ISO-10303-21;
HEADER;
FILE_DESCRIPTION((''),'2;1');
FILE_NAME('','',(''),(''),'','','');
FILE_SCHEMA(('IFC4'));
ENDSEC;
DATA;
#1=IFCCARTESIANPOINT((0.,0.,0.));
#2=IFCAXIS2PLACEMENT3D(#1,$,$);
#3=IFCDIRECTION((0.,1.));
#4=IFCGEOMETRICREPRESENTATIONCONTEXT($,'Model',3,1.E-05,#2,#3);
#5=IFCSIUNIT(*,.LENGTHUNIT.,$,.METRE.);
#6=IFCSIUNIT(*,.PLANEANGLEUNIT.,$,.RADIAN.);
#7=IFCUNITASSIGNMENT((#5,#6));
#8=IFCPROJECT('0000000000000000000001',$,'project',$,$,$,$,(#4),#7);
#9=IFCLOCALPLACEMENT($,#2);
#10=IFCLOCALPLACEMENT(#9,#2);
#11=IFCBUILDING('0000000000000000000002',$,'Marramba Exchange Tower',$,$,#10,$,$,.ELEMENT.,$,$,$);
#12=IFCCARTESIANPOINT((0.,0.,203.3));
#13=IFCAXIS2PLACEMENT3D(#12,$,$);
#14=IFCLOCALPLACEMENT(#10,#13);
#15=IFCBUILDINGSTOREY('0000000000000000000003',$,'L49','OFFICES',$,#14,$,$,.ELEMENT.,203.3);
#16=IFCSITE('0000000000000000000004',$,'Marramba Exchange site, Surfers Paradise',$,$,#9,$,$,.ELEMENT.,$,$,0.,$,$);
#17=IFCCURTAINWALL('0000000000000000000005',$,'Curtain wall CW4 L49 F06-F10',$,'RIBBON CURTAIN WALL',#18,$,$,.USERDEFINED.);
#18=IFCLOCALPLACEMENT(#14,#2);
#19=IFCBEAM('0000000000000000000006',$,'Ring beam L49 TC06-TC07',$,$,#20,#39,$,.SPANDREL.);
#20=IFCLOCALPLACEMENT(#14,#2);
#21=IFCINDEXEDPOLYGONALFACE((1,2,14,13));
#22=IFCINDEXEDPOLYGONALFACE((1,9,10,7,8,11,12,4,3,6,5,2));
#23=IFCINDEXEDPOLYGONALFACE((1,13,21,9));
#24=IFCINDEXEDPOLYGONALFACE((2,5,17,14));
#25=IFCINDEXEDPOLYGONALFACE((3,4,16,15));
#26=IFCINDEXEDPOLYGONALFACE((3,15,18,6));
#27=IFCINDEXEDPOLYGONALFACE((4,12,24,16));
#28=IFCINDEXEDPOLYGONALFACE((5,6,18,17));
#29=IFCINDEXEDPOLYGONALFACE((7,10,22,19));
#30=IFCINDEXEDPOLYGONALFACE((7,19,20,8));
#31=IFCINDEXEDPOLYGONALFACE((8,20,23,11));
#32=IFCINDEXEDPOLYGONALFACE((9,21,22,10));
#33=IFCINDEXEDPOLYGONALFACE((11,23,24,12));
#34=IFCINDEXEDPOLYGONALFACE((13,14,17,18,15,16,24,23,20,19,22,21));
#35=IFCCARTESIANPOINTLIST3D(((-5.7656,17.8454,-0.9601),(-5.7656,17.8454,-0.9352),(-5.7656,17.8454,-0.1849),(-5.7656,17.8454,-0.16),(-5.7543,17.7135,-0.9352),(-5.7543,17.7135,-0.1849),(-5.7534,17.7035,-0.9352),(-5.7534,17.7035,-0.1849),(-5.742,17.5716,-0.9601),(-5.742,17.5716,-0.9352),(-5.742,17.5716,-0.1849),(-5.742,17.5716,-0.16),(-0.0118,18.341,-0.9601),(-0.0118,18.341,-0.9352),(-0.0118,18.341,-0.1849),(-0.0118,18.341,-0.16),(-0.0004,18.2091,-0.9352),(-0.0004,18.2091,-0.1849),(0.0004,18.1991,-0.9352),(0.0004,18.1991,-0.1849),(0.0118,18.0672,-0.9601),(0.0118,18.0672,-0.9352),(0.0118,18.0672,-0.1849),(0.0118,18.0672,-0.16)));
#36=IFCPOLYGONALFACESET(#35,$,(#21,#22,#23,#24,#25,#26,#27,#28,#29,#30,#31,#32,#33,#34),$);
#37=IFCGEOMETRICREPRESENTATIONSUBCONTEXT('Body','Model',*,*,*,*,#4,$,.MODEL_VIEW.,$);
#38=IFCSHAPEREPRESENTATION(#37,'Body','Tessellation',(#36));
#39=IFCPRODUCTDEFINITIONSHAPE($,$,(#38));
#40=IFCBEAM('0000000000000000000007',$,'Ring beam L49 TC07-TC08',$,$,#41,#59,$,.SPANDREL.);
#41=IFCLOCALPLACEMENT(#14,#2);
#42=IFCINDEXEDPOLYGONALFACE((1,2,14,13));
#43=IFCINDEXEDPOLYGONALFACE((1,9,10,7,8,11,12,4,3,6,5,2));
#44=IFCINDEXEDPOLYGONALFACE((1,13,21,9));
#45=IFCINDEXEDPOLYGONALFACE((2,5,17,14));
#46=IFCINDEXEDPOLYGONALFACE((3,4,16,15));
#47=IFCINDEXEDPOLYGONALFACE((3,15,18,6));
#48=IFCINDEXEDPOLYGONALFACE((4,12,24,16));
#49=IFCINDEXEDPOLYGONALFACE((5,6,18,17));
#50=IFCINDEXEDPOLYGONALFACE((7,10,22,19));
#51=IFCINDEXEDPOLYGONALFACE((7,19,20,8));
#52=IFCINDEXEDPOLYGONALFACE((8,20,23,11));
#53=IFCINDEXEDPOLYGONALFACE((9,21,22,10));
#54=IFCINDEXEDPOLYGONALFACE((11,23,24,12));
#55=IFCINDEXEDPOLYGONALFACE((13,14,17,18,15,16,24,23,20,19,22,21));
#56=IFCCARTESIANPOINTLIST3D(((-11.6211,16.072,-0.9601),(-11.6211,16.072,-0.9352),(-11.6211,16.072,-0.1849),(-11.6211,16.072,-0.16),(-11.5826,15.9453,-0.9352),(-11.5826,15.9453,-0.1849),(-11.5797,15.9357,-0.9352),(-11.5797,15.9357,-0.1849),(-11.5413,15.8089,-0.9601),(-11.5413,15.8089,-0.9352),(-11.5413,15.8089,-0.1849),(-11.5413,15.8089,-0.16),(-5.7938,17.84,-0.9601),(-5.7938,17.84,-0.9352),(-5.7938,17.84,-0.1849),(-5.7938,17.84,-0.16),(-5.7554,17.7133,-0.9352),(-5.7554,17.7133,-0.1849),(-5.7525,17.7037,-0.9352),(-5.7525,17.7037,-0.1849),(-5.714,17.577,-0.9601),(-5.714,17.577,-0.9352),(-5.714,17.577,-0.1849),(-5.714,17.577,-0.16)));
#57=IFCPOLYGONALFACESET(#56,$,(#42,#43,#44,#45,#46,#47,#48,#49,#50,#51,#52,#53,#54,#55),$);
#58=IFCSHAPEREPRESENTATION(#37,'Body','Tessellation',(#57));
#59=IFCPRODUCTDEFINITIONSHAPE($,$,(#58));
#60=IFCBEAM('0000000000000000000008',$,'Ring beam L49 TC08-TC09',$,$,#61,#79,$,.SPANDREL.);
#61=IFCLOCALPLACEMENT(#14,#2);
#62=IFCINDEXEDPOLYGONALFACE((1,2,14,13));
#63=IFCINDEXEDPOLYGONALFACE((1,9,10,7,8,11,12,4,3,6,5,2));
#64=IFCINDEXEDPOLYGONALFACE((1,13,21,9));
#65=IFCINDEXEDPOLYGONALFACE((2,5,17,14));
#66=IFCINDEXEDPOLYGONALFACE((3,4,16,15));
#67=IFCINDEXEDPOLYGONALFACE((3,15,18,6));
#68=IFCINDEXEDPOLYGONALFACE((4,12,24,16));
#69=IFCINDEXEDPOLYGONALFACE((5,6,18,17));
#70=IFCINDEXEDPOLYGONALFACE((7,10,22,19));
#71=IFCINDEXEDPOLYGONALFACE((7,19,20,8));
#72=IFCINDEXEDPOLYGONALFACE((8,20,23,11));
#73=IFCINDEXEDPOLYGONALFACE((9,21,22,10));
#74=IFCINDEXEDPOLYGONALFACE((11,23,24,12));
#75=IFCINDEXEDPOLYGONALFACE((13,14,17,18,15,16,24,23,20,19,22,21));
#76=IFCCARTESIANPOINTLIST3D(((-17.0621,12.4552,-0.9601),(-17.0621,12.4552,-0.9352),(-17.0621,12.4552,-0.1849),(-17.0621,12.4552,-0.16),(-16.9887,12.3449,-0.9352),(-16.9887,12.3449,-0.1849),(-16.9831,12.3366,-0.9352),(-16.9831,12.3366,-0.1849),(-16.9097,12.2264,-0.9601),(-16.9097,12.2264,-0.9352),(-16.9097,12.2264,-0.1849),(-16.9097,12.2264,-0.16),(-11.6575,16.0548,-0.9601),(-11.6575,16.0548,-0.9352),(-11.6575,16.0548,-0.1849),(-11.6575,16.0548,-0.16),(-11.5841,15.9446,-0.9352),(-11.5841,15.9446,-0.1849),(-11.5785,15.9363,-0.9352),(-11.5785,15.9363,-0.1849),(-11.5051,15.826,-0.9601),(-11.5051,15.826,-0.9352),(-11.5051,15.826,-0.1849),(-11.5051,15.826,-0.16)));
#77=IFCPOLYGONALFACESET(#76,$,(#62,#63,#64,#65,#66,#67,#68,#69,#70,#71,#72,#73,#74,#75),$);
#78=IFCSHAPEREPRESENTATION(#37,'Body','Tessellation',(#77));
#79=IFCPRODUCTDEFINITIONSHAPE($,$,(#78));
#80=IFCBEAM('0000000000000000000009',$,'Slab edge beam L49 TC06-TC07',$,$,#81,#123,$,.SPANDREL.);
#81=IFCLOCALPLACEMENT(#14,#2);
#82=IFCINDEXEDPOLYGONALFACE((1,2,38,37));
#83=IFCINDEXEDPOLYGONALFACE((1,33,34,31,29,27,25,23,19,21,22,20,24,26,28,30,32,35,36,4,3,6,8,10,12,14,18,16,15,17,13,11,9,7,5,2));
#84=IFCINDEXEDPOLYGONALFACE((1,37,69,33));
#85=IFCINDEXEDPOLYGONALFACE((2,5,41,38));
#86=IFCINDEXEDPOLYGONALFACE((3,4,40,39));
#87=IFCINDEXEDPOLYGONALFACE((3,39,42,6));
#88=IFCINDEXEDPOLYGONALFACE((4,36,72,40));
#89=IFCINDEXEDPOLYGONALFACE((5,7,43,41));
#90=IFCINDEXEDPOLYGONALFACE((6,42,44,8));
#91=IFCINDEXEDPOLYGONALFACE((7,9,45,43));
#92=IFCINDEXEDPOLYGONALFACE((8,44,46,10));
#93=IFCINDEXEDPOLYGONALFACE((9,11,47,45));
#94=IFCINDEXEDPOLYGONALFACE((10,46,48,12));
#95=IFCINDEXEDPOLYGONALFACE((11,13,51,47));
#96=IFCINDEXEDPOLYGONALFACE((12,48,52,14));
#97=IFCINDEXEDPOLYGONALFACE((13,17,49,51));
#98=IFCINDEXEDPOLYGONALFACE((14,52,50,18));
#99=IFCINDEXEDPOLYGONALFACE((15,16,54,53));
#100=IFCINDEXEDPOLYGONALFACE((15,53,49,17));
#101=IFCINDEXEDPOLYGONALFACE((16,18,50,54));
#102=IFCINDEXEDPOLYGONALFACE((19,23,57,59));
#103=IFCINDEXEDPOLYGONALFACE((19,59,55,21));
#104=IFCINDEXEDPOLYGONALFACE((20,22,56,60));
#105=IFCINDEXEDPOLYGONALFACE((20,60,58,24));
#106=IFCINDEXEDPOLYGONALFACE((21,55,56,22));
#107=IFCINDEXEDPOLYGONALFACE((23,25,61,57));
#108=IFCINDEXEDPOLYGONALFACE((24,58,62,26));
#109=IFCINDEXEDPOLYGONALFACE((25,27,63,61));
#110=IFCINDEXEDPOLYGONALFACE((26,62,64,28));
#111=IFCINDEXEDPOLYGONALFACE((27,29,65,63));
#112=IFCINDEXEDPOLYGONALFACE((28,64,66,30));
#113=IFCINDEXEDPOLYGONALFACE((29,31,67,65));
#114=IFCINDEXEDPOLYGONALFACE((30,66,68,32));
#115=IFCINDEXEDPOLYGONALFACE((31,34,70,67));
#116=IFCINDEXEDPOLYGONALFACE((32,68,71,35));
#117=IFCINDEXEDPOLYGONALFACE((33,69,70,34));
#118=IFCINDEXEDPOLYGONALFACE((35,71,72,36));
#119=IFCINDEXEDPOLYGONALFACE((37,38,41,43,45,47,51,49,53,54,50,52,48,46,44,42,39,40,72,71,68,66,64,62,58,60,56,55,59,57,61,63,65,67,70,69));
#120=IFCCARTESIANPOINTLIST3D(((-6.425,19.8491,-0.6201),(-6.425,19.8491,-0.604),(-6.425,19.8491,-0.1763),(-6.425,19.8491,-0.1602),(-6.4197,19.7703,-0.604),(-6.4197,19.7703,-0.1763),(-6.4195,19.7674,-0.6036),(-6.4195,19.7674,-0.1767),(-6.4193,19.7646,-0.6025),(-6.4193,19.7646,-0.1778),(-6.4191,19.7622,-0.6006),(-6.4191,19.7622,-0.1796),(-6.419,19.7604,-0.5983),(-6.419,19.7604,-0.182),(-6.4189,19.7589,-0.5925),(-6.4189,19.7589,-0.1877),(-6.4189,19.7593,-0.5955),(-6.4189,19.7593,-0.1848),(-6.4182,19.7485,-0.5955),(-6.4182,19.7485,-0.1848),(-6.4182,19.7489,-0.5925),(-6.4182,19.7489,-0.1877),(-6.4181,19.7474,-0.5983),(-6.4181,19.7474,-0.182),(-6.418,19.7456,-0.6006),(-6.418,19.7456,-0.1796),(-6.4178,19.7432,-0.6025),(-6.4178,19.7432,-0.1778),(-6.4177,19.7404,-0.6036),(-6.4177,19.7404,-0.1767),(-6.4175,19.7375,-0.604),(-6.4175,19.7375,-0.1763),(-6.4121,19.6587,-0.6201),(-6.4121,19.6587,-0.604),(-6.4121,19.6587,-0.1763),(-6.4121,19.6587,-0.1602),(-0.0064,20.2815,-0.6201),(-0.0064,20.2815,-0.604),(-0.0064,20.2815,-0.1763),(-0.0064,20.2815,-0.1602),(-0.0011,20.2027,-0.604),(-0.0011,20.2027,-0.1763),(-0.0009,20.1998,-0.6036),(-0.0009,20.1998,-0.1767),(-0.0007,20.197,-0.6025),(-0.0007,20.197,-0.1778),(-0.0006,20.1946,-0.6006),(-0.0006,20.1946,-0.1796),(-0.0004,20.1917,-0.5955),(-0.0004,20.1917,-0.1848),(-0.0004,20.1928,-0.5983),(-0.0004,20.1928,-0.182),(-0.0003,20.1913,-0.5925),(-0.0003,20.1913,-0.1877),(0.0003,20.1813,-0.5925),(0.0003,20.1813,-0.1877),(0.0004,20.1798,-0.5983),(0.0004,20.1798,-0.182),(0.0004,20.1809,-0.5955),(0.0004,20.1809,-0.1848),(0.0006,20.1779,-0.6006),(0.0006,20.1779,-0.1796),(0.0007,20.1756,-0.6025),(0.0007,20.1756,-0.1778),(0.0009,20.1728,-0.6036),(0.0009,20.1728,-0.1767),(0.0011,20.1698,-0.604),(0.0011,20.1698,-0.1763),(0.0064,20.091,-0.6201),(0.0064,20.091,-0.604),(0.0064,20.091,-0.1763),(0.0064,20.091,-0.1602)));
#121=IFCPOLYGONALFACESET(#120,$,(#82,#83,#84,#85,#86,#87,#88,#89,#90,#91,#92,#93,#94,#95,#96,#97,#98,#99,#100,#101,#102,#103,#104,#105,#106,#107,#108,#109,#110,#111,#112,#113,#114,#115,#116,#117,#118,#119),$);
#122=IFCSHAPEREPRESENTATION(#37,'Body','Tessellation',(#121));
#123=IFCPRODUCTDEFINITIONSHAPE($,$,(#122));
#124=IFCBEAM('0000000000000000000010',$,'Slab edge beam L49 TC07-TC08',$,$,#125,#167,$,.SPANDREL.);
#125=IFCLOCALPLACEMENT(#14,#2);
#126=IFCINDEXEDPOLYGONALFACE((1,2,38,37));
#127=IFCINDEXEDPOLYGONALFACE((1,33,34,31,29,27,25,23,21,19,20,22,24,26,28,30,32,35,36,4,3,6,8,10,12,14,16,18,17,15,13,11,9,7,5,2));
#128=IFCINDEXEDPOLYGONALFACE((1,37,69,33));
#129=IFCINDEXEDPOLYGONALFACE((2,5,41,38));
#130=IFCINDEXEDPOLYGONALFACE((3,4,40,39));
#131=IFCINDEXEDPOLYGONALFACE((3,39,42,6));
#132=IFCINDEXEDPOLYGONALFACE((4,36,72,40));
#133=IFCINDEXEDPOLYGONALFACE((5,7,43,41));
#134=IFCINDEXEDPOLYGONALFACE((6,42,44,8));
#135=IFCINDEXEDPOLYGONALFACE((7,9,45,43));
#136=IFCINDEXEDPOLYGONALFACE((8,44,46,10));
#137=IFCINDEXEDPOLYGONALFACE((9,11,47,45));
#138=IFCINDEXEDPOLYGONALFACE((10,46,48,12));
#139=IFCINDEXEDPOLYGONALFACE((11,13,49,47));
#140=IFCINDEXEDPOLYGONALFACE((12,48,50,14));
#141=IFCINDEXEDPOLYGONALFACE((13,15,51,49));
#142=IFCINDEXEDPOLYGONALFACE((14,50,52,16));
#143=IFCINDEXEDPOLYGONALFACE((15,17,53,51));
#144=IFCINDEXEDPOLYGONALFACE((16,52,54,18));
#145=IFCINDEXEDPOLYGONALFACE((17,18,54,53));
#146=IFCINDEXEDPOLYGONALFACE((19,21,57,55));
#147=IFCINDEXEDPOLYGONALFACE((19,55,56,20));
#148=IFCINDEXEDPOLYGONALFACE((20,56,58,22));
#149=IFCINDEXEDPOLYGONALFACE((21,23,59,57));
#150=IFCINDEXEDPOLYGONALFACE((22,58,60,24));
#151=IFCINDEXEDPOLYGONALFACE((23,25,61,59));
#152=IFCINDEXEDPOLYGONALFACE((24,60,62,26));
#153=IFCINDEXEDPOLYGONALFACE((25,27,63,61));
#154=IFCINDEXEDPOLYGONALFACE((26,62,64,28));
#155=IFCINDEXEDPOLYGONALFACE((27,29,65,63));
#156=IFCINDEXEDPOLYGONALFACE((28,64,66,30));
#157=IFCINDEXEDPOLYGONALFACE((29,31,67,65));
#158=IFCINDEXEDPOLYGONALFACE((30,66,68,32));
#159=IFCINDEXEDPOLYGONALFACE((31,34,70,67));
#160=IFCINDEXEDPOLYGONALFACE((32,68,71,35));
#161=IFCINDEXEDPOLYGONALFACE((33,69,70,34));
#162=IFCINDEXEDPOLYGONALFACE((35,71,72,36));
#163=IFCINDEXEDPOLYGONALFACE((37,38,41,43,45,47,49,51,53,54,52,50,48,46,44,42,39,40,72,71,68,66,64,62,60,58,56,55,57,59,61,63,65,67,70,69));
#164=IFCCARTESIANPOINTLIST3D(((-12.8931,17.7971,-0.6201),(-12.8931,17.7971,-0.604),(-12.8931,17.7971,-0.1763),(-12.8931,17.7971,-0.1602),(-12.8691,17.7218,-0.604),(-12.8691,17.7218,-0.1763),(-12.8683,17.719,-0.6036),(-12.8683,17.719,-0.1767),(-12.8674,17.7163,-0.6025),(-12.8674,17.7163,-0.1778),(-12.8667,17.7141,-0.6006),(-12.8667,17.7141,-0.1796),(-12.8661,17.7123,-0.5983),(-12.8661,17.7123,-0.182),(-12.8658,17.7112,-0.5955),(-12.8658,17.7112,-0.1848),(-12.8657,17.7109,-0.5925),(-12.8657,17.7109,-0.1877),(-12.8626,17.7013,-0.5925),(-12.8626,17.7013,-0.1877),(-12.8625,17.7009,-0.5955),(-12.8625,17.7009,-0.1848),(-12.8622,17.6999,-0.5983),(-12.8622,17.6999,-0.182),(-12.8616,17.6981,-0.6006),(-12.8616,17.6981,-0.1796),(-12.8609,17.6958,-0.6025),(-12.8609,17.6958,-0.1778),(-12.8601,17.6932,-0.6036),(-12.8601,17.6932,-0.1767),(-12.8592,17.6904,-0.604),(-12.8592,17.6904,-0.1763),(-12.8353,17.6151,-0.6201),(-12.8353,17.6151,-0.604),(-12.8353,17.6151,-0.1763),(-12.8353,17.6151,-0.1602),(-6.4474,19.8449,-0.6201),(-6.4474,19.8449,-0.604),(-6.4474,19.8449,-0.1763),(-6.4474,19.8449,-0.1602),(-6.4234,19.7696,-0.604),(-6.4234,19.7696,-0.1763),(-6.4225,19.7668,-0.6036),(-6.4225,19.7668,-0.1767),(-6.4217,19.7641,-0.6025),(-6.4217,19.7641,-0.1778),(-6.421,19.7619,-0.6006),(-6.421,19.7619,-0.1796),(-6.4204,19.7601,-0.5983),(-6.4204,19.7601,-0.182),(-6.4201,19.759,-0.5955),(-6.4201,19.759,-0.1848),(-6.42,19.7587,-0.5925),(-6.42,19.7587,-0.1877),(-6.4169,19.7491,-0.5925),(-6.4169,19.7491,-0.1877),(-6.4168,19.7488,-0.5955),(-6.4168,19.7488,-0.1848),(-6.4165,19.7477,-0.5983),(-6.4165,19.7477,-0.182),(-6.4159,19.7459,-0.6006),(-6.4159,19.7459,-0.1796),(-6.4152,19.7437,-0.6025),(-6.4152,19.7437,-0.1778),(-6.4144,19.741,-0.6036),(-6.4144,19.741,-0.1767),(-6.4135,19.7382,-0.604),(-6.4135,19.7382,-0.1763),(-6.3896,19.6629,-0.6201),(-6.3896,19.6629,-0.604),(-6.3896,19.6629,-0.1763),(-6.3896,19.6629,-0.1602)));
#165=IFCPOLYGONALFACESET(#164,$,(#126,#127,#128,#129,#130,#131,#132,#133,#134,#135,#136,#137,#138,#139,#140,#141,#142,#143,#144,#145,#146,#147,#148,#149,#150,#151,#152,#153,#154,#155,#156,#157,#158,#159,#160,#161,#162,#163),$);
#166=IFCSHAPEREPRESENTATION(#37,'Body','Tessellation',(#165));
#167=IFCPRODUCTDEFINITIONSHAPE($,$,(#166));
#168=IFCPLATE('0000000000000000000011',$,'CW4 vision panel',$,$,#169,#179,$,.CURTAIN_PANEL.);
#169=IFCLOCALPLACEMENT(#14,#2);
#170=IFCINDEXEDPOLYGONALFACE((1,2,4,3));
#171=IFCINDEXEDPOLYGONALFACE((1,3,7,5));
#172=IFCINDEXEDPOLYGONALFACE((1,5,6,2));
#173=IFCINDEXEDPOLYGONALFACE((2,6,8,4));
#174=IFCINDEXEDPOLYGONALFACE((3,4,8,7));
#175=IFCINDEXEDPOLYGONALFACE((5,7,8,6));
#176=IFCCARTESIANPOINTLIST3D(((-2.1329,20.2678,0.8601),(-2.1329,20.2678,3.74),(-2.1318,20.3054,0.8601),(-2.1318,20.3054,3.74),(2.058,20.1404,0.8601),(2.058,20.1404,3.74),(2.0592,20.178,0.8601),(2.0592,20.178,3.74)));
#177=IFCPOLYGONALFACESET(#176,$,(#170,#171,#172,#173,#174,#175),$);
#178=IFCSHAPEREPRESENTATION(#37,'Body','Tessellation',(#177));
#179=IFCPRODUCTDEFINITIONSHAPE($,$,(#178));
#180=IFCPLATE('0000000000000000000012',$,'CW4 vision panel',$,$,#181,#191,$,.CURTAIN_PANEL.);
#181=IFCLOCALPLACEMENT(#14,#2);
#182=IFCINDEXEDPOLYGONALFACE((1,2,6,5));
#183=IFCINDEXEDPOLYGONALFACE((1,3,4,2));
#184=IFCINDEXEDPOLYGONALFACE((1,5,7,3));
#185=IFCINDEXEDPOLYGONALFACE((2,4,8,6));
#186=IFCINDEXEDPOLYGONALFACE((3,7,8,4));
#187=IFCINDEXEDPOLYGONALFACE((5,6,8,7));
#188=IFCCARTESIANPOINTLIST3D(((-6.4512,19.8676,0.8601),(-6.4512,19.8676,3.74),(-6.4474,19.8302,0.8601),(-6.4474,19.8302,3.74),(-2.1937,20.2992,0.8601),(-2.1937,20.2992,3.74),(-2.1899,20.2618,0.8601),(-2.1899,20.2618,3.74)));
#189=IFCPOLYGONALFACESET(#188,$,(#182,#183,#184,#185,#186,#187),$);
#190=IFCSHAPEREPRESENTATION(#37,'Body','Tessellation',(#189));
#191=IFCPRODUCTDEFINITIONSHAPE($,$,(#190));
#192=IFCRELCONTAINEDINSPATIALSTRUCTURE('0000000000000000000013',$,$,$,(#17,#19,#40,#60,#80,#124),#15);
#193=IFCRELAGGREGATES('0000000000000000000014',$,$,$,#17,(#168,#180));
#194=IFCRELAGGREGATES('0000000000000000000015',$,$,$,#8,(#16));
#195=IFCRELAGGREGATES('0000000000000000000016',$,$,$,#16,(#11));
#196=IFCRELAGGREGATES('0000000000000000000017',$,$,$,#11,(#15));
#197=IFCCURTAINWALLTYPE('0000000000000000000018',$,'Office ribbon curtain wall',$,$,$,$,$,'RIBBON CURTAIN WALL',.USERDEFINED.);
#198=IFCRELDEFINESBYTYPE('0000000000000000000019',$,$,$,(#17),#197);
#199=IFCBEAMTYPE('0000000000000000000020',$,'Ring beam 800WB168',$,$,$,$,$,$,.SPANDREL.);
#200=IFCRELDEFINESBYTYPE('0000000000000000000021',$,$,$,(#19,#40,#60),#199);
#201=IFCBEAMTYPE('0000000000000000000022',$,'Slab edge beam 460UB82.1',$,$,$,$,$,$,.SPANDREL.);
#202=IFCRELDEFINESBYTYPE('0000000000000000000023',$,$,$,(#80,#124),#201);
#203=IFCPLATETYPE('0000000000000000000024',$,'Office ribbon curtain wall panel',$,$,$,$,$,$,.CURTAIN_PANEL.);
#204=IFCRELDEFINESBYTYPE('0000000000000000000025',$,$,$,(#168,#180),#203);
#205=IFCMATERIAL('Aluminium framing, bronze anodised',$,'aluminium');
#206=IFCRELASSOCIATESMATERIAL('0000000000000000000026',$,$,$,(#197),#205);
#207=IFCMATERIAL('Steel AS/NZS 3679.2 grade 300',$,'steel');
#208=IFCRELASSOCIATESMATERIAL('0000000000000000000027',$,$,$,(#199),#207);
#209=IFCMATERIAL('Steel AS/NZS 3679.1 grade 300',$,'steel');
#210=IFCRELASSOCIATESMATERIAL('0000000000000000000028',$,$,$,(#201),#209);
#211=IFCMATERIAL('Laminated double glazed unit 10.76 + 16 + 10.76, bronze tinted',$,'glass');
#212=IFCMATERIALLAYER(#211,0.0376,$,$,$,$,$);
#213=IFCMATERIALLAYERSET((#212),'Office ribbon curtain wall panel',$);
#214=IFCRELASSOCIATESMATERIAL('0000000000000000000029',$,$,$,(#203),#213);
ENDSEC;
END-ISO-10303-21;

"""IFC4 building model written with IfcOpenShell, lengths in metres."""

from ifc_helpers import new_model, si_unit, direction, frame, origin, origin_2d, place, context, subcontext, project, spatial, rectangle, i_section, extrude, material, layer, layer_set, material_profile, profile_set, type_object, element, aggregate, save


model = new_model("IFC4")

# Units and contexts
model_context = context("Model", 3, precision=1e-05, world=origin(), true_north=direction((0.0, 1.0)))
body_context = subcontext(model_context, "Body", "Model", "MODEL_VIEW")
ifc_project = project(units=[si_unit("LENGTHUNIT", "METRE"), si_unit("PLANEANGLEUNIT", "RADIAN")], contexts=[model_context])

# Site, building, storey
site_placement = place(None, origin())
site = spatial("IfcSite", under=ifc_project, at=site_placement, Name="Marramba Exchange site, Surfers Paradise", CompositionType="ELEMENT", RefElevation=0.0)
building_placement = place(site_placement, origin())
building = spatial("IfcBuilding", under=site, at=building_placement, Name="Marramba Exchange Tower", CompositionType="ELEMENT")
storey_placement = place(building_placement, frame((0.0, 0.0, 203.3)))
storey = spatial("IfcBuildingStorey", under=building, at=storey_placement, Name="L49", Description="OFFICES", CompositionType="ELEMENT", Elevation=203.3)

# Shared definitions
ifc_material_1 = material(Name="Steel AS/NZS 3679.2 grade 300", Category="steel")

# Curtain wall
ifc_material_2 = material(Name="Aluminium framing, bronze anodised", Category="aluminium")
curtain_wall_type = type_object("IfcCurtainWallType", Name="Office ribbon curtain wall", ElementType="RIBBON CURTAIN WALL", PredefinedType="USERDEFINED", material=ifc_material_2)
curtain_wall_1_placement = place(storey_placement, origin())
curtain_wall_1 = element("IfcCurtainWall", 1, at=curtain_wall_1_placement, inside=storey, type_object=curtain_wall_type, Name="Curtain wall CW4 L49 F06-F10", ObjectType="RIBBON CURTAIN WALL", PredefinedType="USERDEFINED")

# Beams
ifc_material_profile_1 = material_profile(ifc_material_1, i_section(OverallWidth=0.2749, OverallDepth=0.8, WebThickness=0.01, FlangeThickness=0.0249, at=origin_2d()), Name="800WB168")
ifc_profile_set_1 = profile_set([ifc_material_profile_1], Name="Steel AS/NZS 3679.2 grade 300")
beam_type_1 = type_object("IfcBeamType", Name="Ring beam 800WB168", PredefinedType="SPANDREL", material=ifc_profile_set_1)
beam_1_placement = place(storey_placement, frame((0.0, 18.2041, -0.5601), z_axis=(-0.996311, -0.085816, 0.0), x_axis=(0.085816, -0.996311, 0.0)))
element("IfcBeam", 2, at=beam_1_placement, inside=storey, type_object=beam_type_1, Name="Ring beam L49 TC06-TC07", PredefinedType="SPANDREL", context=body_context, shape_type="SweptSolid", body=[
    extrude(i_section(OverallWidth=0.2749, OverallDepth=0.8, WebThickness=0.01, FlangeThickness=0.0249, at=origin_2d()), origin(), (0.0, 0.0, 1.0), 5.7751),
])
beam_2_placement = place(storey_placement, frame((-5.7539, 17.7085, -0.5601), z_axis=(-0.956925, -0.290337, 0.0), x_axis=(0.290337, -0.956925, 0.0)))
element("IfcBeam", 3, at=beam_2_placement, inside=storey, type_object=beam_type_1, Name="Ring beam L49 TC07-TC08", PredefinedType="SPANDREL", context=body_context, shape_type="SweptSolid", body=[
    extrude(i_section(OverallWidth=0.2749, OverallDepth=0.8, WebThickness=0.01, FlangeThickness=0.0249, at=origin_2d()), origin(), (0.0, 0.0, 1.0), 6.0896),
])
beam_3_placement = place(storey_placement, frame((-11.5813, 15.9404, -0.5601), z_axis=(-0.832293, -0.554336, 0.0), x_axis=(0.554336, -0.832293, 0.0)))
element("IfcBeam", 4, at=beam_3_placement, inside=storey, type_object=beam_type_1, Name="Ring beam L49 TC08-TC09", PredefinedType="SPANDREL", context=body_context, shape_type="SweptSolid", body=[
    extrude(i_section(OverallWidth=0.2749, OverallDepth=0.8, WebThickness=0.01, FlangeThickness=0.0249, at=origin_2d()), origin(), (0.0, 0.0, 1.0), 6.4937),
])
ifc_material_3 = material(Name="Steel AS/NZS 3679.1 grade 300", Category="steel")
ifc_material_profile_2 = material_profile(ifc_material_3, i_section(OverallWidth=0.1909, OverallDepth=0.46, WebThickness=0.01, FlangeThickness=0.0161, FilletRadius=0.0115, at=origin_2d()), Name="460UB82.1")
ifc_profile_set_2 = profile_set([ifc_material_profile_2], Name="Steel AS/NZS 3679.1 grade 300")
beam_type_2 = type_object("IfcBeamType", Name="Slab edge beam 460UB82.1", PredefinedType="SPANDREL", material=ifc_profile_set_2)
beam_4_placement = place(storey_placement, frame((0.0, 20.1863, -0.3901), z_axis=(-0.997739, -0.067212, 0.0), x_axis=(0.067212, -0.997739, 0.0)))
element("IfcBeam", 5, at=beam_4_placement, inside=storey, type_object=beam_type_2, Name="Slab edge beam L49 TC06-TC07", PredefinedType="SPANDREL", context=body_context, shape_type="SweptSolid", body=[
    extrude(i_section(OverallWidth=0.1909, OverallDepth=0.46, WebThickness=0.01, FlangeThickness=0.0161, FilletRadius=0.0115, at=origin_2d()), origin(), (0.0, 0.0, 1.0), 6.4331),
])
beam_5_placement = place(storey_placement, frame((-6.4185, 19.7539, -0.3901), z_axis=(-0.953057, -0.302789, 0.0), x_axis=(0.302789, -0.953057, 0.0)))
element("IfcBeam", 6, at=beam_5_placement, inside=storey, type_object=beam_type_2, Name="Slab edge beam L49 TC07-TC08", PredefinedType="SPANDREL", context=body_context, shape_type="SweptSolid", body=[
    extrude(i_section(OverallWidth=0.1909, OverallDepth=0.46, WebThickness=0.01, FlangeThickness=0.0161, FilletRadius=0.0115, at=origin_2d()), origin(), (0.0, 0.0, 1.0), 6.7632),
])

# Plates
ifc_material_4 = material(Name="Laminated double glazed unit 10.76 + 16 + 10.76, bronze tinted", Category="glass")
ifc_layer_1 = layer(ifc_material_4, 0.0376)
ifc_layer_set_1 = layer_set([ifc_layer_1], Name="Office ribbon curtain wall panel")
plate_type = type_object("IfcPlateType", Name="Office ribbon curtain wall panel", PredefinedType="CURTAIN_PANEL", material=ifc_layer_set_1)
plate_1_placement = place(storey_placement, frame((-0.0369, 20.2229, 0.8601), z_axis=(0.0, 0.0, 1.0), x_axis=(-0.999538, 0.030394, 0.0)))
plate_1 = element("IfcPlate", 7, at=plate_1_placement, type_object=plate_type, Name="CW4 vision panel", PredefinedType="CURTAIN_PANEL", context=body_context, shape_type="SweptSolid", body=[
    extrude(rectangle(XDim=4.1929, YDim=0.0376, at=origin_2d()), origin(), (0.0, 0.0, 1.0), 2.8799),
])
plate_2_placement = place(storey_placement, frame((-4.3206, 20.0647, 0.8601), z_axis=(0.0, 0.0, 1.0), x_axis=(-0.9949, -0.100863, 0.0)))
plate_2 = element("IfcPlate", 8, at=plate_2_placement, type_object=plate_type, Name="CW4 vision panel", PredefinedType="CURTAIN_PANEL", context=body_context, shape_type="SweptSolid", body=[
    extrude(rectangle(XDim=4.2793, YDim=0.0376, at=origin_2d()), origin(), (0.0, 0.0, 1.0), 2.8799),
])
aggregate(curtain_wall_1, [plate_1, plate_2])

save(model, "model.ifc")
